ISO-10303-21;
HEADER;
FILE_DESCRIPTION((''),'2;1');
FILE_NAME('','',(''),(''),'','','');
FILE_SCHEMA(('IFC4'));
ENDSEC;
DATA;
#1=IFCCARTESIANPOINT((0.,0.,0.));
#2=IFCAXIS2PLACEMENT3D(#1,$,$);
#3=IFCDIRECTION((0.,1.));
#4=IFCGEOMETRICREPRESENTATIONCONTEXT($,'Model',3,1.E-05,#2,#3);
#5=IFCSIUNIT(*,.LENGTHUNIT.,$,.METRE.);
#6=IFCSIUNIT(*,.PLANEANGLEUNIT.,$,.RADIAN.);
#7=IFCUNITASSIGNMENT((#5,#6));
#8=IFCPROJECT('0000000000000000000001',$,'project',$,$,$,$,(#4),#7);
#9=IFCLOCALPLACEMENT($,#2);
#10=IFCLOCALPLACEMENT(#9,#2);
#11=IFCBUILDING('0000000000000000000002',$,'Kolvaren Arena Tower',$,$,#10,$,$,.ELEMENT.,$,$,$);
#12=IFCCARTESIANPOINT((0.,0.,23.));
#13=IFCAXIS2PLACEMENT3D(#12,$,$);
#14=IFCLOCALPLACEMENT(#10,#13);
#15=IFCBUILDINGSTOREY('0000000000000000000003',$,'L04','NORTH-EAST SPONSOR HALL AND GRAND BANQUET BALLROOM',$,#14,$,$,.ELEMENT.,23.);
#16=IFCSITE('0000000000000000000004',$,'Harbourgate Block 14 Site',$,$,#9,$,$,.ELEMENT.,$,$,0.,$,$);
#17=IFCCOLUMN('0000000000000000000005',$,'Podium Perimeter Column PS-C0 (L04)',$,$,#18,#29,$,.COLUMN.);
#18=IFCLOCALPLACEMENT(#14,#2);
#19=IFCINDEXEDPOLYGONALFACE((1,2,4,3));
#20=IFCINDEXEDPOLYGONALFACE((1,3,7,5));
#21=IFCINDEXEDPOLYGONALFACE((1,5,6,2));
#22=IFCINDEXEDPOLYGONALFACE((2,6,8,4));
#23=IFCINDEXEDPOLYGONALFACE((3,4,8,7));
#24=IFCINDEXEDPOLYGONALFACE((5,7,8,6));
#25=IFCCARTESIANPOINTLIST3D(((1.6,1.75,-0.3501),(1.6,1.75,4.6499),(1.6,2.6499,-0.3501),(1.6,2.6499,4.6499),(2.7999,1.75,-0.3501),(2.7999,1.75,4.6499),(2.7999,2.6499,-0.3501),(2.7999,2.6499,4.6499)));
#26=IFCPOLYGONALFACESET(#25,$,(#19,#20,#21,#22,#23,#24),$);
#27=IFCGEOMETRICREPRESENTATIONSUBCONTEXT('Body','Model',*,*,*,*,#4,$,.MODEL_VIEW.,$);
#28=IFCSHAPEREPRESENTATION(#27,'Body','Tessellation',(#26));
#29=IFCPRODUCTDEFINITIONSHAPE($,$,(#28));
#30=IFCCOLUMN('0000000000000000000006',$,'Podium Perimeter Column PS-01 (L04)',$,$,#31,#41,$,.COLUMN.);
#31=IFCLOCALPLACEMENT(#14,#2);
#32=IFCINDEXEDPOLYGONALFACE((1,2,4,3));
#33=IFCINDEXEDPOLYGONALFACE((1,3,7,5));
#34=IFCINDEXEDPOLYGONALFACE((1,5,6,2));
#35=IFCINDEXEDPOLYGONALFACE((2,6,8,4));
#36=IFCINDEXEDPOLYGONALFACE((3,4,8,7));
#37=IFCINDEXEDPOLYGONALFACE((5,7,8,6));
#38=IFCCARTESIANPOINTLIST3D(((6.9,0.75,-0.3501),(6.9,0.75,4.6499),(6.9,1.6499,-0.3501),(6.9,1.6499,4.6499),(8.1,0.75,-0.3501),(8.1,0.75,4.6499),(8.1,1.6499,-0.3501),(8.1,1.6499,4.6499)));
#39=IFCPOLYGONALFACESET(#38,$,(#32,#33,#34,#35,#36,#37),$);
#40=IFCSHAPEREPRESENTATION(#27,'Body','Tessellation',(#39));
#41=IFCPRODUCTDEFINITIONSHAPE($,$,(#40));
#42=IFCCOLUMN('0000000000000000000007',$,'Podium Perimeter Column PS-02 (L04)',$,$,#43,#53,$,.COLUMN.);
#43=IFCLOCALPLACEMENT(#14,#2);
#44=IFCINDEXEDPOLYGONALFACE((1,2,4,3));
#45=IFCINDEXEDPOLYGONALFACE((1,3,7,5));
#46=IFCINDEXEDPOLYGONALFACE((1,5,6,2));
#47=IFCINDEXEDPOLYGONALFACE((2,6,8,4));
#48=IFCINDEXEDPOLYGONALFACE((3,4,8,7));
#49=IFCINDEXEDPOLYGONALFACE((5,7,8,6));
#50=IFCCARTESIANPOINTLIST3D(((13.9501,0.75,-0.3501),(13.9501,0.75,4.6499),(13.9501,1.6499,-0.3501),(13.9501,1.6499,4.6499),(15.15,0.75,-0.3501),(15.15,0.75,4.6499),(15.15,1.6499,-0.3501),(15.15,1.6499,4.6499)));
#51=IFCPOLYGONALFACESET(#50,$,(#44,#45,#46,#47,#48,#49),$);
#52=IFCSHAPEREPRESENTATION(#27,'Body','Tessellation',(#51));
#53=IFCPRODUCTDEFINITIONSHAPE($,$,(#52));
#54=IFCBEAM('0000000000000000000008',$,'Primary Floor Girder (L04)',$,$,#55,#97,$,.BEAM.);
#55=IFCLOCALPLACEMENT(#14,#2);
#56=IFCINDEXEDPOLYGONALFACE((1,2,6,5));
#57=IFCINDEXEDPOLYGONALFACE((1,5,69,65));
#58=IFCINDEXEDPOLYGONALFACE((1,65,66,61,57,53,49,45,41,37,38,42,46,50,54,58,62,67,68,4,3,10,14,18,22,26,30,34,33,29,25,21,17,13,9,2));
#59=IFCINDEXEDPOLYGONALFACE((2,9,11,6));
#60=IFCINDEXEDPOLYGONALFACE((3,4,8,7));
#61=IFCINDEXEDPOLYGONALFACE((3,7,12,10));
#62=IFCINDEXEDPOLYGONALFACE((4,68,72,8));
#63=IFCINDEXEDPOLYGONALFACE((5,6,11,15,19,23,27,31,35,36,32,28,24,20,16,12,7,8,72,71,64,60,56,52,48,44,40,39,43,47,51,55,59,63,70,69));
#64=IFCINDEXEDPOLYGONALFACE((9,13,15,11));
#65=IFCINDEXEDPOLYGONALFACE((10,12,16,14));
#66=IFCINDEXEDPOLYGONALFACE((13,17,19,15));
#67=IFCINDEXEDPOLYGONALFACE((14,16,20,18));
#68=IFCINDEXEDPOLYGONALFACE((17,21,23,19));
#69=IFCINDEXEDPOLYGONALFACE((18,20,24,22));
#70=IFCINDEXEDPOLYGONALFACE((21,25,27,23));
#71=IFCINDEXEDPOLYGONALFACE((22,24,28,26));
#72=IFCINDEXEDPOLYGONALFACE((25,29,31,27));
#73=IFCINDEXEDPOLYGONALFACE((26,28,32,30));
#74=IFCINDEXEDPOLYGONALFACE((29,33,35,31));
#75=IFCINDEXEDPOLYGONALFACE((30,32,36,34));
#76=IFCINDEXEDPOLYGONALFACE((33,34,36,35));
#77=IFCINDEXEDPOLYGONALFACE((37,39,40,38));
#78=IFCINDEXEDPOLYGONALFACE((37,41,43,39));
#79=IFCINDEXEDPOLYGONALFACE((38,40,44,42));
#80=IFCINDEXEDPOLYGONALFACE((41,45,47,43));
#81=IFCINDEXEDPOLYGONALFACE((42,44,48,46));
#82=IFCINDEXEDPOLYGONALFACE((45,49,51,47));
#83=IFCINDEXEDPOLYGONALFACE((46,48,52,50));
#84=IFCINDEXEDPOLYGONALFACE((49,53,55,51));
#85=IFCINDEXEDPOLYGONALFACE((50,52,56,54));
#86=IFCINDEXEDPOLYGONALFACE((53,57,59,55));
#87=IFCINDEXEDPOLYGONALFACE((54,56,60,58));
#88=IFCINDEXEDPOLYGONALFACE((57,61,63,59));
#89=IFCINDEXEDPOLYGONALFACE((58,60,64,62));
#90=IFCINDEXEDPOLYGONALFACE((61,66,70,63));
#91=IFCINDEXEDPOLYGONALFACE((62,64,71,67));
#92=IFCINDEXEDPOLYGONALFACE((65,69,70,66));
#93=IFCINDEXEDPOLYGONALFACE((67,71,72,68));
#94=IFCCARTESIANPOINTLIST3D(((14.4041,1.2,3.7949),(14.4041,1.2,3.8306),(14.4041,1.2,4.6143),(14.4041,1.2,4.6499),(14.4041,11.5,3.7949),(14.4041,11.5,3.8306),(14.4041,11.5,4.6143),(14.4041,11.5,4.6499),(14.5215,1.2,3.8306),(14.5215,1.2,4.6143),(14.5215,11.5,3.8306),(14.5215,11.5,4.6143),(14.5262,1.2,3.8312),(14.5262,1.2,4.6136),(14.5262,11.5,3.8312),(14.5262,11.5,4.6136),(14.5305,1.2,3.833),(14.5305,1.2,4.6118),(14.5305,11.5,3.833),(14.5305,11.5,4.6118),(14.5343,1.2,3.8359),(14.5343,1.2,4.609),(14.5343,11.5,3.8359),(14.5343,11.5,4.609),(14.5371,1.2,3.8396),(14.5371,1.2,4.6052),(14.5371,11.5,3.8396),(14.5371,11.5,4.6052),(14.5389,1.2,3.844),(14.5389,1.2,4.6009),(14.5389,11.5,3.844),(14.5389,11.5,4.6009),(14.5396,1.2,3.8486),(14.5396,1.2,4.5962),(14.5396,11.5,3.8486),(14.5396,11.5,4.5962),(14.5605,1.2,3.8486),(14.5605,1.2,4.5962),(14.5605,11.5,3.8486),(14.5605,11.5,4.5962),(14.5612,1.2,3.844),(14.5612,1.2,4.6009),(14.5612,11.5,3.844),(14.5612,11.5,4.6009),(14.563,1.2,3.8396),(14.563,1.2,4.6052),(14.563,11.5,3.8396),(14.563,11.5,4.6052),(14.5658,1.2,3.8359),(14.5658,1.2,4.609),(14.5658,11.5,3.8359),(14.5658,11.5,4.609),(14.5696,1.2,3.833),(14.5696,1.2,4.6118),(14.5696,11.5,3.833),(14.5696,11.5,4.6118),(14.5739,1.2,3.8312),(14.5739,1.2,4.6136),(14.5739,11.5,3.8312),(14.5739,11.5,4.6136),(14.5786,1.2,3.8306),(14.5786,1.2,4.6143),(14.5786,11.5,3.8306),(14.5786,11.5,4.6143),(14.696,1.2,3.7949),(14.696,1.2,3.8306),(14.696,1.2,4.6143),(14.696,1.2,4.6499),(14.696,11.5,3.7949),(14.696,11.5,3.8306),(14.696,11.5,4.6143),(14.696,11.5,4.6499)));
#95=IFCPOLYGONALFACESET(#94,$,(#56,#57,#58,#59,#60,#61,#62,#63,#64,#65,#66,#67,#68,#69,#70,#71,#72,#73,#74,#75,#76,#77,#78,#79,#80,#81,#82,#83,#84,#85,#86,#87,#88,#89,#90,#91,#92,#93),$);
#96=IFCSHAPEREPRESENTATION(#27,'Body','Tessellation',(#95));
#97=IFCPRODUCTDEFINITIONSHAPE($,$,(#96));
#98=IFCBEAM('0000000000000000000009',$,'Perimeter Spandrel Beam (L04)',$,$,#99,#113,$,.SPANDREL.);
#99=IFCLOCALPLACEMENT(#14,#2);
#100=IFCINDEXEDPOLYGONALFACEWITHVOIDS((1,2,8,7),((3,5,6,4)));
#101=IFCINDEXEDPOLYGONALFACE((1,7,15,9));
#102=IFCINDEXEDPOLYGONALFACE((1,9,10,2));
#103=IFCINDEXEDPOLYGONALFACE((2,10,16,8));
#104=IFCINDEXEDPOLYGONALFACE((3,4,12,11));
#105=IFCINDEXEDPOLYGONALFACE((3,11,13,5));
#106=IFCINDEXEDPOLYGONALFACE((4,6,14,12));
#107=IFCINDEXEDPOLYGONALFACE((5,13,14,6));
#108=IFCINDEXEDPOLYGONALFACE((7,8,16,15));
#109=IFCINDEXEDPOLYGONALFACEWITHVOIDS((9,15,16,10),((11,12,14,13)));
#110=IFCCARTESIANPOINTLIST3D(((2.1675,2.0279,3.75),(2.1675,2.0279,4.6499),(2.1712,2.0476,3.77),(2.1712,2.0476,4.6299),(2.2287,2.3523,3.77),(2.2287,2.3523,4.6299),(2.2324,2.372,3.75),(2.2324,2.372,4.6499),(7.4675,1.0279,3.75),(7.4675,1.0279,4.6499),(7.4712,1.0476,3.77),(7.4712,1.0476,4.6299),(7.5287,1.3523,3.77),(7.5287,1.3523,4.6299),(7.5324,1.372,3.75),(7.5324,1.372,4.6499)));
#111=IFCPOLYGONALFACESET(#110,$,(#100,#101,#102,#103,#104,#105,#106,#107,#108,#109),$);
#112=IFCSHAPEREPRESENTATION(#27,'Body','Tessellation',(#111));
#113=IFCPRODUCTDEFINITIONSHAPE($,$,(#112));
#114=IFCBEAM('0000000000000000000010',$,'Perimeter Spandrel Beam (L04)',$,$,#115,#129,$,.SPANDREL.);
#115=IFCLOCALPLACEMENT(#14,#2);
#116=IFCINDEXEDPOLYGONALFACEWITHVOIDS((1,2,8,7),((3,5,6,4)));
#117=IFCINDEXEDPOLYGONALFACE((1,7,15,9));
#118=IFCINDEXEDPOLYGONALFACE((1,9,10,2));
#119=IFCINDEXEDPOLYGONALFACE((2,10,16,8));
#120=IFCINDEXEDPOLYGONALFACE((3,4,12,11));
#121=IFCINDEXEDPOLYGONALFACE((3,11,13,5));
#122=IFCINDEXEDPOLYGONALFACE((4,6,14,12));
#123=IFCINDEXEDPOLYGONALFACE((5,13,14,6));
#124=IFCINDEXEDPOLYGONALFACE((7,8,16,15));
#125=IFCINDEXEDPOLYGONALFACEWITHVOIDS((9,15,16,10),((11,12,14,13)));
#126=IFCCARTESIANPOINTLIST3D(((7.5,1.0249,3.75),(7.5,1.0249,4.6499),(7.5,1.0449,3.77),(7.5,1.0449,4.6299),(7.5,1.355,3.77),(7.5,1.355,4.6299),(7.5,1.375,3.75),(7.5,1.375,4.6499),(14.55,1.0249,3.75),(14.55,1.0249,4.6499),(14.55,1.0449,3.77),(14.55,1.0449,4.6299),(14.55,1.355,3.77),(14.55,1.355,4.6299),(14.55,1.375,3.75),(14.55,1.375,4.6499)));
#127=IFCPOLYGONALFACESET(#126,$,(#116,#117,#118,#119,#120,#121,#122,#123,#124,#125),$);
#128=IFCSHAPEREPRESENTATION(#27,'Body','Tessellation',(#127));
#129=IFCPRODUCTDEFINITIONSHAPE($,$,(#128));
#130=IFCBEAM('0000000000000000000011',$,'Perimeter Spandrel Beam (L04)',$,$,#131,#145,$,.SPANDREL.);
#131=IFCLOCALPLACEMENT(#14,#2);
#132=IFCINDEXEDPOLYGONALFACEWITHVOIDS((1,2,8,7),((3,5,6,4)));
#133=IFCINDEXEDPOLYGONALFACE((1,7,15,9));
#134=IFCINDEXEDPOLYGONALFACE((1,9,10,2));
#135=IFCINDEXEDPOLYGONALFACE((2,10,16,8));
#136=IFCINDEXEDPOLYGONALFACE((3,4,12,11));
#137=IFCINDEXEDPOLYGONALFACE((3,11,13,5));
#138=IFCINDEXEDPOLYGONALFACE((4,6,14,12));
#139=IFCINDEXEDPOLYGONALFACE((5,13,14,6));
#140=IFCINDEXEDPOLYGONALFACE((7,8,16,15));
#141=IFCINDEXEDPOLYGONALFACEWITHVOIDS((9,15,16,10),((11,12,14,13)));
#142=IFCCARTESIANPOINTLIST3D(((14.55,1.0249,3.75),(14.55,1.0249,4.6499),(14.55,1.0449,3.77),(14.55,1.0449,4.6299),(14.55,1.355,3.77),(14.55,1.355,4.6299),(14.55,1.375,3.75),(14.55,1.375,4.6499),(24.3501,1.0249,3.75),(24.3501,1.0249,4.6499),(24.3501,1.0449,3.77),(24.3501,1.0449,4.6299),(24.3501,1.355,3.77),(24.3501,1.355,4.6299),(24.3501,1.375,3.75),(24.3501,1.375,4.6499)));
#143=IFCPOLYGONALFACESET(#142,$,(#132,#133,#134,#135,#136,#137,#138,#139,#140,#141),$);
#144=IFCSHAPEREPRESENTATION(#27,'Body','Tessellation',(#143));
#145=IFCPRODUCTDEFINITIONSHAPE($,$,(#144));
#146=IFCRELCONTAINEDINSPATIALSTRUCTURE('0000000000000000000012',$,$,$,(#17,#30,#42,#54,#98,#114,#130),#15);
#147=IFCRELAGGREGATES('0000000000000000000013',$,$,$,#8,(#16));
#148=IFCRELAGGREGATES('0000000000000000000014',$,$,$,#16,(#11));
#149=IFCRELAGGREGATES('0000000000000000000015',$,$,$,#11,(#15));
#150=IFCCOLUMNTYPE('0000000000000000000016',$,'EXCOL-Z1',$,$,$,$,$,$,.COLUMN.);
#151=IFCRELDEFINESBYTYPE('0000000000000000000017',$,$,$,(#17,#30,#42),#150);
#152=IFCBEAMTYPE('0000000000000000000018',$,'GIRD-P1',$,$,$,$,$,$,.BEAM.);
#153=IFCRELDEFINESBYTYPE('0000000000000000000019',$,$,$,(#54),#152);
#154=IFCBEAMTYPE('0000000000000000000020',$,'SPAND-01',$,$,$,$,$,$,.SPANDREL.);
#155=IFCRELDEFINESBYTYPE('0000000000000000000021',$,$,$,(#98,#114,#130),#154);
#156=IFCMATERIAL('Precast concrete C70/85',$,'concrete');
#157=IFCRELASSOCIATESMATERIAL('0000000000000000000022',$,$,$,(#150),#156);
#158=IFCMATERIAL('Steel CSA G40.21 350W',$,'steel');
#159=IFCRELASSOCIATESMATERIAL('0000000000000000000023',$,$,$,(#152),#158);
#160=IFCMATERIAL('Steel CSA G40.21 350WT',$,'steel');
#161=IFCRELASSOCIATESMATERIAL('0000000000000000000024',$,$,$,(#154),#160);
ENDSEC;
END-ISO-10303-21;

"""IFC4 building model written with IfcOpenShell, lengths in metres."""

from ifc_helpers import new_model, si_unit, direction, frame, origin, origin_2d, place, context, subcontext, project, spatial, rectangle, hollow_rectangle, i_section, extrude, material, material_profile, profile_set, type_object, element, save


model = new_model("IFC4")

# Units and contexts
model_context = context("Model", 3, precision=1e-05, world=origin(), true_north=direction((0.0, 1.0)))
body_context = subcontext(model_context, "Body", "Model", "MODEL_VIEW")
ifc_project = project(units=[si_unit("LENGTHUNIT", "METRE"), si_unit("PLANEANGLEUNIT", "RADIAN")], contexts=[model_context])

# Site, building, storey
site_placement = place(None, origin())
site = spatial("IfcSite", under=ifc_project, at=site_placement, Name="Harbourgate Block 14 Site", CompositionType="ELEMENT", RefElevation=0.0)
building_placement = place(site_placement, origin())
building = spatial("IfcBuilding", under=site, at=building_placement, Name="Kolvaren Arena Tower", CompositionType="ELEMENT")
storey_placement = place(building_placement, frame((0.0, 0.0, 23.0)))
storey = spatial("IfcBuildingStorey", under=building, at=storey_placement, Name="L04", Description="NORTH-EAST SPONSOR HALL AND GRAND BANQUET BALLROOM", CompositionType="ELEMENT", Elevation=23.0)

# Columns
ifc_material_1 = material(Name="Precast concrete C70/85", Category="concrete")
ifc_material_profile_1 = material_profile(ifc_material_1, rectangle(XDim=1.2, YDim=0.8999, at=origin_2d()), Name="RC-1200x900")
ifc_profile_set_1 = profile_set([ifc_material_profile_1], Name="Precast concrete C70/85")
column_type = type_object("IfcColumnType", Name="EXCOL-Z1", PredefinedType="COLUMN", material=ifc_profile_set_1)
for number, where, z_axis, x_axis, name in (
    (1, (2.2, 2.2, -0.3501), (0.0, 0.0, 1.0), (1.0, 0.0, 0.0), "Podium Perimeter Column PS-C0 (L04)"),
    (2, (7.5, 1.2, -0.3501), (0.0, 0.0, 1.0), (1.0, 0.0, 0.0), "Podium Perimeter Column PS-01 (L04)"),
    (3, (14.55, 1.2, -0.3501), (0.0, 0.0, 1.0), (1.0, 0.0, 0.0), "Podium Perimeter Column PS-02 (L04)"),
):
    element("IfcColumn", number, at=place(storey_placement, frame(where, z_axis=z_axis, x_axis=x_axis)), inside=storey, type_object=column_type, Name=name, PredefinedType="COLUMN", context=body_context, shape_type="SweptSolid", body=[
        extrude(rectangle(XDim=1.2, YDim=0.8999, at=origin_2d()), origin(), (0.0, 0.0, 1.0), 5.0),
    ])

# Beams
ifc_material_2 = material(Name="Steel CSA G40.21 350W", Category="steel")
ifc_material_profile_2 = material_profile(ifc_material_2, i_section(OverallWidth=0.292, OverallDepth=0.855, WebThickness=0.021, FlangeThickness=0.0356, FilletRadius=0.0181, at=origin_2d()), Name="W840x299")
ifc_profile_set_2 = profile_set([ifc_material_profile_2], Name="Steel CSA G40.21 350W")
beam_type_1 = type_object("IfcBeamType", Name="GIRD-P1", PredefinedType="BEAM", material=ifc_profile_set_2)
beam_1_placement = place(storey_placement, frame((14.55, 1.2, 4.2224), z_axis=(0.0, 1.0, 0.0), x_axis=(-1.0, 0.0, 0.0)))
element("IfcBeam", 4, at=beam_1_placement, inside=storey, type_object=beam_type_1, Name="Primary Floor Girder (L04)", PredefinedType="BEAM", context=body_context, shape_type="SweptSolid", body=[
    extrude(i_section(OverallWidth=0.292, OverallDepth=0.855, WebThickness=0.021, FlangeThickness=0.0356, FilletRadius=0.0181, at=origin_2d()), origin(), (0.0, 0.0, 1.0), 10.3),
])
ifc_material_3 = material(Name="Steel CSA G40.21 350WT", Category="steel")
ifc_material_profile_3 = material_profile(ifc_material_3, hollow_rectangle(XDim=0.3501, YDim=0.8999, WallThickness=0.02, at=origin_2d()), Name="HSS 900x350x20")
ifc_profile_set_3 = profile_set([ifc_material_profile_3], Name="Steel CSA G40.21 350WT")
beam_type_2 = type_object("IfcBeamType", Name="SPAND-01", PredefinedType="SPANDREL", material=ifc_profile_set_3)
beam_2_placement = place(storey_placement, frame((2.2, 2.2, 4.2), z_axis=(0.982662, -0.185406, 0.0), x_axis=(0.185406, 0.982662, 0.0)))
element("IfcBeam", 5, at=beam_2_placement, inside=storey, type_object=beam_type_2, Name="Perimeter Spandrel Beam (L04)", PredefinedType="SPANDREL", context=body_context, shape_type="SweptSolid", body=[
    extrude(hollow_rectangle(XDim=0.3501, YDim=0.8999, WallThickness=0.02, at=origin_2d()), origin(), (0.0, 0.0, 1.0), 5.3936),
])
beam_3_placement = place(storey_placement, frame((7.5, 1.2, 4.2), z_axis=(1.0, 0.0, 0.0), x_axis=(0.0, 1.0, 0.0)))
element("IfcBeam", 6, at=beam_3_placement, inside=storey, type_object=beam_type_2, Name="Perimeter Spandrel Beam (L04)", PredefinedType="SPANDREL", context=body_context, shape_type="SweptSolid", body=[
    extrude(hollow_rectangle(XDim=0.3501, YDim=0.8999, WallThickness=0.02, at=origin_2d()), origin(), (0.0, 0.0, 1.0), 7.05),
])
beam_4_placement = place(storey_placement, frame((14.55, 1.2, 4.2), z_axis=(1.0, 0.0, 0.0), x_axis=(0.0, 1.0, 0.0)))
element("IfcBeam", 7, at=beam_4_placement, inside=storey, type_object=beam_type_2, Name="Perimeter Spandrel Beam (L04)", PredefinedType="SPANDREL", context=body_context, shape_type="SweptSolid", body=[
    extrude(hollow_rectangle(XDim=0.3501, YDim=0.8999, WallThickness=0.02, at=origin_2d()), origin(), (0.0, 0.0, 1.0), 9.8),
])

save(model, "model.ifc")
